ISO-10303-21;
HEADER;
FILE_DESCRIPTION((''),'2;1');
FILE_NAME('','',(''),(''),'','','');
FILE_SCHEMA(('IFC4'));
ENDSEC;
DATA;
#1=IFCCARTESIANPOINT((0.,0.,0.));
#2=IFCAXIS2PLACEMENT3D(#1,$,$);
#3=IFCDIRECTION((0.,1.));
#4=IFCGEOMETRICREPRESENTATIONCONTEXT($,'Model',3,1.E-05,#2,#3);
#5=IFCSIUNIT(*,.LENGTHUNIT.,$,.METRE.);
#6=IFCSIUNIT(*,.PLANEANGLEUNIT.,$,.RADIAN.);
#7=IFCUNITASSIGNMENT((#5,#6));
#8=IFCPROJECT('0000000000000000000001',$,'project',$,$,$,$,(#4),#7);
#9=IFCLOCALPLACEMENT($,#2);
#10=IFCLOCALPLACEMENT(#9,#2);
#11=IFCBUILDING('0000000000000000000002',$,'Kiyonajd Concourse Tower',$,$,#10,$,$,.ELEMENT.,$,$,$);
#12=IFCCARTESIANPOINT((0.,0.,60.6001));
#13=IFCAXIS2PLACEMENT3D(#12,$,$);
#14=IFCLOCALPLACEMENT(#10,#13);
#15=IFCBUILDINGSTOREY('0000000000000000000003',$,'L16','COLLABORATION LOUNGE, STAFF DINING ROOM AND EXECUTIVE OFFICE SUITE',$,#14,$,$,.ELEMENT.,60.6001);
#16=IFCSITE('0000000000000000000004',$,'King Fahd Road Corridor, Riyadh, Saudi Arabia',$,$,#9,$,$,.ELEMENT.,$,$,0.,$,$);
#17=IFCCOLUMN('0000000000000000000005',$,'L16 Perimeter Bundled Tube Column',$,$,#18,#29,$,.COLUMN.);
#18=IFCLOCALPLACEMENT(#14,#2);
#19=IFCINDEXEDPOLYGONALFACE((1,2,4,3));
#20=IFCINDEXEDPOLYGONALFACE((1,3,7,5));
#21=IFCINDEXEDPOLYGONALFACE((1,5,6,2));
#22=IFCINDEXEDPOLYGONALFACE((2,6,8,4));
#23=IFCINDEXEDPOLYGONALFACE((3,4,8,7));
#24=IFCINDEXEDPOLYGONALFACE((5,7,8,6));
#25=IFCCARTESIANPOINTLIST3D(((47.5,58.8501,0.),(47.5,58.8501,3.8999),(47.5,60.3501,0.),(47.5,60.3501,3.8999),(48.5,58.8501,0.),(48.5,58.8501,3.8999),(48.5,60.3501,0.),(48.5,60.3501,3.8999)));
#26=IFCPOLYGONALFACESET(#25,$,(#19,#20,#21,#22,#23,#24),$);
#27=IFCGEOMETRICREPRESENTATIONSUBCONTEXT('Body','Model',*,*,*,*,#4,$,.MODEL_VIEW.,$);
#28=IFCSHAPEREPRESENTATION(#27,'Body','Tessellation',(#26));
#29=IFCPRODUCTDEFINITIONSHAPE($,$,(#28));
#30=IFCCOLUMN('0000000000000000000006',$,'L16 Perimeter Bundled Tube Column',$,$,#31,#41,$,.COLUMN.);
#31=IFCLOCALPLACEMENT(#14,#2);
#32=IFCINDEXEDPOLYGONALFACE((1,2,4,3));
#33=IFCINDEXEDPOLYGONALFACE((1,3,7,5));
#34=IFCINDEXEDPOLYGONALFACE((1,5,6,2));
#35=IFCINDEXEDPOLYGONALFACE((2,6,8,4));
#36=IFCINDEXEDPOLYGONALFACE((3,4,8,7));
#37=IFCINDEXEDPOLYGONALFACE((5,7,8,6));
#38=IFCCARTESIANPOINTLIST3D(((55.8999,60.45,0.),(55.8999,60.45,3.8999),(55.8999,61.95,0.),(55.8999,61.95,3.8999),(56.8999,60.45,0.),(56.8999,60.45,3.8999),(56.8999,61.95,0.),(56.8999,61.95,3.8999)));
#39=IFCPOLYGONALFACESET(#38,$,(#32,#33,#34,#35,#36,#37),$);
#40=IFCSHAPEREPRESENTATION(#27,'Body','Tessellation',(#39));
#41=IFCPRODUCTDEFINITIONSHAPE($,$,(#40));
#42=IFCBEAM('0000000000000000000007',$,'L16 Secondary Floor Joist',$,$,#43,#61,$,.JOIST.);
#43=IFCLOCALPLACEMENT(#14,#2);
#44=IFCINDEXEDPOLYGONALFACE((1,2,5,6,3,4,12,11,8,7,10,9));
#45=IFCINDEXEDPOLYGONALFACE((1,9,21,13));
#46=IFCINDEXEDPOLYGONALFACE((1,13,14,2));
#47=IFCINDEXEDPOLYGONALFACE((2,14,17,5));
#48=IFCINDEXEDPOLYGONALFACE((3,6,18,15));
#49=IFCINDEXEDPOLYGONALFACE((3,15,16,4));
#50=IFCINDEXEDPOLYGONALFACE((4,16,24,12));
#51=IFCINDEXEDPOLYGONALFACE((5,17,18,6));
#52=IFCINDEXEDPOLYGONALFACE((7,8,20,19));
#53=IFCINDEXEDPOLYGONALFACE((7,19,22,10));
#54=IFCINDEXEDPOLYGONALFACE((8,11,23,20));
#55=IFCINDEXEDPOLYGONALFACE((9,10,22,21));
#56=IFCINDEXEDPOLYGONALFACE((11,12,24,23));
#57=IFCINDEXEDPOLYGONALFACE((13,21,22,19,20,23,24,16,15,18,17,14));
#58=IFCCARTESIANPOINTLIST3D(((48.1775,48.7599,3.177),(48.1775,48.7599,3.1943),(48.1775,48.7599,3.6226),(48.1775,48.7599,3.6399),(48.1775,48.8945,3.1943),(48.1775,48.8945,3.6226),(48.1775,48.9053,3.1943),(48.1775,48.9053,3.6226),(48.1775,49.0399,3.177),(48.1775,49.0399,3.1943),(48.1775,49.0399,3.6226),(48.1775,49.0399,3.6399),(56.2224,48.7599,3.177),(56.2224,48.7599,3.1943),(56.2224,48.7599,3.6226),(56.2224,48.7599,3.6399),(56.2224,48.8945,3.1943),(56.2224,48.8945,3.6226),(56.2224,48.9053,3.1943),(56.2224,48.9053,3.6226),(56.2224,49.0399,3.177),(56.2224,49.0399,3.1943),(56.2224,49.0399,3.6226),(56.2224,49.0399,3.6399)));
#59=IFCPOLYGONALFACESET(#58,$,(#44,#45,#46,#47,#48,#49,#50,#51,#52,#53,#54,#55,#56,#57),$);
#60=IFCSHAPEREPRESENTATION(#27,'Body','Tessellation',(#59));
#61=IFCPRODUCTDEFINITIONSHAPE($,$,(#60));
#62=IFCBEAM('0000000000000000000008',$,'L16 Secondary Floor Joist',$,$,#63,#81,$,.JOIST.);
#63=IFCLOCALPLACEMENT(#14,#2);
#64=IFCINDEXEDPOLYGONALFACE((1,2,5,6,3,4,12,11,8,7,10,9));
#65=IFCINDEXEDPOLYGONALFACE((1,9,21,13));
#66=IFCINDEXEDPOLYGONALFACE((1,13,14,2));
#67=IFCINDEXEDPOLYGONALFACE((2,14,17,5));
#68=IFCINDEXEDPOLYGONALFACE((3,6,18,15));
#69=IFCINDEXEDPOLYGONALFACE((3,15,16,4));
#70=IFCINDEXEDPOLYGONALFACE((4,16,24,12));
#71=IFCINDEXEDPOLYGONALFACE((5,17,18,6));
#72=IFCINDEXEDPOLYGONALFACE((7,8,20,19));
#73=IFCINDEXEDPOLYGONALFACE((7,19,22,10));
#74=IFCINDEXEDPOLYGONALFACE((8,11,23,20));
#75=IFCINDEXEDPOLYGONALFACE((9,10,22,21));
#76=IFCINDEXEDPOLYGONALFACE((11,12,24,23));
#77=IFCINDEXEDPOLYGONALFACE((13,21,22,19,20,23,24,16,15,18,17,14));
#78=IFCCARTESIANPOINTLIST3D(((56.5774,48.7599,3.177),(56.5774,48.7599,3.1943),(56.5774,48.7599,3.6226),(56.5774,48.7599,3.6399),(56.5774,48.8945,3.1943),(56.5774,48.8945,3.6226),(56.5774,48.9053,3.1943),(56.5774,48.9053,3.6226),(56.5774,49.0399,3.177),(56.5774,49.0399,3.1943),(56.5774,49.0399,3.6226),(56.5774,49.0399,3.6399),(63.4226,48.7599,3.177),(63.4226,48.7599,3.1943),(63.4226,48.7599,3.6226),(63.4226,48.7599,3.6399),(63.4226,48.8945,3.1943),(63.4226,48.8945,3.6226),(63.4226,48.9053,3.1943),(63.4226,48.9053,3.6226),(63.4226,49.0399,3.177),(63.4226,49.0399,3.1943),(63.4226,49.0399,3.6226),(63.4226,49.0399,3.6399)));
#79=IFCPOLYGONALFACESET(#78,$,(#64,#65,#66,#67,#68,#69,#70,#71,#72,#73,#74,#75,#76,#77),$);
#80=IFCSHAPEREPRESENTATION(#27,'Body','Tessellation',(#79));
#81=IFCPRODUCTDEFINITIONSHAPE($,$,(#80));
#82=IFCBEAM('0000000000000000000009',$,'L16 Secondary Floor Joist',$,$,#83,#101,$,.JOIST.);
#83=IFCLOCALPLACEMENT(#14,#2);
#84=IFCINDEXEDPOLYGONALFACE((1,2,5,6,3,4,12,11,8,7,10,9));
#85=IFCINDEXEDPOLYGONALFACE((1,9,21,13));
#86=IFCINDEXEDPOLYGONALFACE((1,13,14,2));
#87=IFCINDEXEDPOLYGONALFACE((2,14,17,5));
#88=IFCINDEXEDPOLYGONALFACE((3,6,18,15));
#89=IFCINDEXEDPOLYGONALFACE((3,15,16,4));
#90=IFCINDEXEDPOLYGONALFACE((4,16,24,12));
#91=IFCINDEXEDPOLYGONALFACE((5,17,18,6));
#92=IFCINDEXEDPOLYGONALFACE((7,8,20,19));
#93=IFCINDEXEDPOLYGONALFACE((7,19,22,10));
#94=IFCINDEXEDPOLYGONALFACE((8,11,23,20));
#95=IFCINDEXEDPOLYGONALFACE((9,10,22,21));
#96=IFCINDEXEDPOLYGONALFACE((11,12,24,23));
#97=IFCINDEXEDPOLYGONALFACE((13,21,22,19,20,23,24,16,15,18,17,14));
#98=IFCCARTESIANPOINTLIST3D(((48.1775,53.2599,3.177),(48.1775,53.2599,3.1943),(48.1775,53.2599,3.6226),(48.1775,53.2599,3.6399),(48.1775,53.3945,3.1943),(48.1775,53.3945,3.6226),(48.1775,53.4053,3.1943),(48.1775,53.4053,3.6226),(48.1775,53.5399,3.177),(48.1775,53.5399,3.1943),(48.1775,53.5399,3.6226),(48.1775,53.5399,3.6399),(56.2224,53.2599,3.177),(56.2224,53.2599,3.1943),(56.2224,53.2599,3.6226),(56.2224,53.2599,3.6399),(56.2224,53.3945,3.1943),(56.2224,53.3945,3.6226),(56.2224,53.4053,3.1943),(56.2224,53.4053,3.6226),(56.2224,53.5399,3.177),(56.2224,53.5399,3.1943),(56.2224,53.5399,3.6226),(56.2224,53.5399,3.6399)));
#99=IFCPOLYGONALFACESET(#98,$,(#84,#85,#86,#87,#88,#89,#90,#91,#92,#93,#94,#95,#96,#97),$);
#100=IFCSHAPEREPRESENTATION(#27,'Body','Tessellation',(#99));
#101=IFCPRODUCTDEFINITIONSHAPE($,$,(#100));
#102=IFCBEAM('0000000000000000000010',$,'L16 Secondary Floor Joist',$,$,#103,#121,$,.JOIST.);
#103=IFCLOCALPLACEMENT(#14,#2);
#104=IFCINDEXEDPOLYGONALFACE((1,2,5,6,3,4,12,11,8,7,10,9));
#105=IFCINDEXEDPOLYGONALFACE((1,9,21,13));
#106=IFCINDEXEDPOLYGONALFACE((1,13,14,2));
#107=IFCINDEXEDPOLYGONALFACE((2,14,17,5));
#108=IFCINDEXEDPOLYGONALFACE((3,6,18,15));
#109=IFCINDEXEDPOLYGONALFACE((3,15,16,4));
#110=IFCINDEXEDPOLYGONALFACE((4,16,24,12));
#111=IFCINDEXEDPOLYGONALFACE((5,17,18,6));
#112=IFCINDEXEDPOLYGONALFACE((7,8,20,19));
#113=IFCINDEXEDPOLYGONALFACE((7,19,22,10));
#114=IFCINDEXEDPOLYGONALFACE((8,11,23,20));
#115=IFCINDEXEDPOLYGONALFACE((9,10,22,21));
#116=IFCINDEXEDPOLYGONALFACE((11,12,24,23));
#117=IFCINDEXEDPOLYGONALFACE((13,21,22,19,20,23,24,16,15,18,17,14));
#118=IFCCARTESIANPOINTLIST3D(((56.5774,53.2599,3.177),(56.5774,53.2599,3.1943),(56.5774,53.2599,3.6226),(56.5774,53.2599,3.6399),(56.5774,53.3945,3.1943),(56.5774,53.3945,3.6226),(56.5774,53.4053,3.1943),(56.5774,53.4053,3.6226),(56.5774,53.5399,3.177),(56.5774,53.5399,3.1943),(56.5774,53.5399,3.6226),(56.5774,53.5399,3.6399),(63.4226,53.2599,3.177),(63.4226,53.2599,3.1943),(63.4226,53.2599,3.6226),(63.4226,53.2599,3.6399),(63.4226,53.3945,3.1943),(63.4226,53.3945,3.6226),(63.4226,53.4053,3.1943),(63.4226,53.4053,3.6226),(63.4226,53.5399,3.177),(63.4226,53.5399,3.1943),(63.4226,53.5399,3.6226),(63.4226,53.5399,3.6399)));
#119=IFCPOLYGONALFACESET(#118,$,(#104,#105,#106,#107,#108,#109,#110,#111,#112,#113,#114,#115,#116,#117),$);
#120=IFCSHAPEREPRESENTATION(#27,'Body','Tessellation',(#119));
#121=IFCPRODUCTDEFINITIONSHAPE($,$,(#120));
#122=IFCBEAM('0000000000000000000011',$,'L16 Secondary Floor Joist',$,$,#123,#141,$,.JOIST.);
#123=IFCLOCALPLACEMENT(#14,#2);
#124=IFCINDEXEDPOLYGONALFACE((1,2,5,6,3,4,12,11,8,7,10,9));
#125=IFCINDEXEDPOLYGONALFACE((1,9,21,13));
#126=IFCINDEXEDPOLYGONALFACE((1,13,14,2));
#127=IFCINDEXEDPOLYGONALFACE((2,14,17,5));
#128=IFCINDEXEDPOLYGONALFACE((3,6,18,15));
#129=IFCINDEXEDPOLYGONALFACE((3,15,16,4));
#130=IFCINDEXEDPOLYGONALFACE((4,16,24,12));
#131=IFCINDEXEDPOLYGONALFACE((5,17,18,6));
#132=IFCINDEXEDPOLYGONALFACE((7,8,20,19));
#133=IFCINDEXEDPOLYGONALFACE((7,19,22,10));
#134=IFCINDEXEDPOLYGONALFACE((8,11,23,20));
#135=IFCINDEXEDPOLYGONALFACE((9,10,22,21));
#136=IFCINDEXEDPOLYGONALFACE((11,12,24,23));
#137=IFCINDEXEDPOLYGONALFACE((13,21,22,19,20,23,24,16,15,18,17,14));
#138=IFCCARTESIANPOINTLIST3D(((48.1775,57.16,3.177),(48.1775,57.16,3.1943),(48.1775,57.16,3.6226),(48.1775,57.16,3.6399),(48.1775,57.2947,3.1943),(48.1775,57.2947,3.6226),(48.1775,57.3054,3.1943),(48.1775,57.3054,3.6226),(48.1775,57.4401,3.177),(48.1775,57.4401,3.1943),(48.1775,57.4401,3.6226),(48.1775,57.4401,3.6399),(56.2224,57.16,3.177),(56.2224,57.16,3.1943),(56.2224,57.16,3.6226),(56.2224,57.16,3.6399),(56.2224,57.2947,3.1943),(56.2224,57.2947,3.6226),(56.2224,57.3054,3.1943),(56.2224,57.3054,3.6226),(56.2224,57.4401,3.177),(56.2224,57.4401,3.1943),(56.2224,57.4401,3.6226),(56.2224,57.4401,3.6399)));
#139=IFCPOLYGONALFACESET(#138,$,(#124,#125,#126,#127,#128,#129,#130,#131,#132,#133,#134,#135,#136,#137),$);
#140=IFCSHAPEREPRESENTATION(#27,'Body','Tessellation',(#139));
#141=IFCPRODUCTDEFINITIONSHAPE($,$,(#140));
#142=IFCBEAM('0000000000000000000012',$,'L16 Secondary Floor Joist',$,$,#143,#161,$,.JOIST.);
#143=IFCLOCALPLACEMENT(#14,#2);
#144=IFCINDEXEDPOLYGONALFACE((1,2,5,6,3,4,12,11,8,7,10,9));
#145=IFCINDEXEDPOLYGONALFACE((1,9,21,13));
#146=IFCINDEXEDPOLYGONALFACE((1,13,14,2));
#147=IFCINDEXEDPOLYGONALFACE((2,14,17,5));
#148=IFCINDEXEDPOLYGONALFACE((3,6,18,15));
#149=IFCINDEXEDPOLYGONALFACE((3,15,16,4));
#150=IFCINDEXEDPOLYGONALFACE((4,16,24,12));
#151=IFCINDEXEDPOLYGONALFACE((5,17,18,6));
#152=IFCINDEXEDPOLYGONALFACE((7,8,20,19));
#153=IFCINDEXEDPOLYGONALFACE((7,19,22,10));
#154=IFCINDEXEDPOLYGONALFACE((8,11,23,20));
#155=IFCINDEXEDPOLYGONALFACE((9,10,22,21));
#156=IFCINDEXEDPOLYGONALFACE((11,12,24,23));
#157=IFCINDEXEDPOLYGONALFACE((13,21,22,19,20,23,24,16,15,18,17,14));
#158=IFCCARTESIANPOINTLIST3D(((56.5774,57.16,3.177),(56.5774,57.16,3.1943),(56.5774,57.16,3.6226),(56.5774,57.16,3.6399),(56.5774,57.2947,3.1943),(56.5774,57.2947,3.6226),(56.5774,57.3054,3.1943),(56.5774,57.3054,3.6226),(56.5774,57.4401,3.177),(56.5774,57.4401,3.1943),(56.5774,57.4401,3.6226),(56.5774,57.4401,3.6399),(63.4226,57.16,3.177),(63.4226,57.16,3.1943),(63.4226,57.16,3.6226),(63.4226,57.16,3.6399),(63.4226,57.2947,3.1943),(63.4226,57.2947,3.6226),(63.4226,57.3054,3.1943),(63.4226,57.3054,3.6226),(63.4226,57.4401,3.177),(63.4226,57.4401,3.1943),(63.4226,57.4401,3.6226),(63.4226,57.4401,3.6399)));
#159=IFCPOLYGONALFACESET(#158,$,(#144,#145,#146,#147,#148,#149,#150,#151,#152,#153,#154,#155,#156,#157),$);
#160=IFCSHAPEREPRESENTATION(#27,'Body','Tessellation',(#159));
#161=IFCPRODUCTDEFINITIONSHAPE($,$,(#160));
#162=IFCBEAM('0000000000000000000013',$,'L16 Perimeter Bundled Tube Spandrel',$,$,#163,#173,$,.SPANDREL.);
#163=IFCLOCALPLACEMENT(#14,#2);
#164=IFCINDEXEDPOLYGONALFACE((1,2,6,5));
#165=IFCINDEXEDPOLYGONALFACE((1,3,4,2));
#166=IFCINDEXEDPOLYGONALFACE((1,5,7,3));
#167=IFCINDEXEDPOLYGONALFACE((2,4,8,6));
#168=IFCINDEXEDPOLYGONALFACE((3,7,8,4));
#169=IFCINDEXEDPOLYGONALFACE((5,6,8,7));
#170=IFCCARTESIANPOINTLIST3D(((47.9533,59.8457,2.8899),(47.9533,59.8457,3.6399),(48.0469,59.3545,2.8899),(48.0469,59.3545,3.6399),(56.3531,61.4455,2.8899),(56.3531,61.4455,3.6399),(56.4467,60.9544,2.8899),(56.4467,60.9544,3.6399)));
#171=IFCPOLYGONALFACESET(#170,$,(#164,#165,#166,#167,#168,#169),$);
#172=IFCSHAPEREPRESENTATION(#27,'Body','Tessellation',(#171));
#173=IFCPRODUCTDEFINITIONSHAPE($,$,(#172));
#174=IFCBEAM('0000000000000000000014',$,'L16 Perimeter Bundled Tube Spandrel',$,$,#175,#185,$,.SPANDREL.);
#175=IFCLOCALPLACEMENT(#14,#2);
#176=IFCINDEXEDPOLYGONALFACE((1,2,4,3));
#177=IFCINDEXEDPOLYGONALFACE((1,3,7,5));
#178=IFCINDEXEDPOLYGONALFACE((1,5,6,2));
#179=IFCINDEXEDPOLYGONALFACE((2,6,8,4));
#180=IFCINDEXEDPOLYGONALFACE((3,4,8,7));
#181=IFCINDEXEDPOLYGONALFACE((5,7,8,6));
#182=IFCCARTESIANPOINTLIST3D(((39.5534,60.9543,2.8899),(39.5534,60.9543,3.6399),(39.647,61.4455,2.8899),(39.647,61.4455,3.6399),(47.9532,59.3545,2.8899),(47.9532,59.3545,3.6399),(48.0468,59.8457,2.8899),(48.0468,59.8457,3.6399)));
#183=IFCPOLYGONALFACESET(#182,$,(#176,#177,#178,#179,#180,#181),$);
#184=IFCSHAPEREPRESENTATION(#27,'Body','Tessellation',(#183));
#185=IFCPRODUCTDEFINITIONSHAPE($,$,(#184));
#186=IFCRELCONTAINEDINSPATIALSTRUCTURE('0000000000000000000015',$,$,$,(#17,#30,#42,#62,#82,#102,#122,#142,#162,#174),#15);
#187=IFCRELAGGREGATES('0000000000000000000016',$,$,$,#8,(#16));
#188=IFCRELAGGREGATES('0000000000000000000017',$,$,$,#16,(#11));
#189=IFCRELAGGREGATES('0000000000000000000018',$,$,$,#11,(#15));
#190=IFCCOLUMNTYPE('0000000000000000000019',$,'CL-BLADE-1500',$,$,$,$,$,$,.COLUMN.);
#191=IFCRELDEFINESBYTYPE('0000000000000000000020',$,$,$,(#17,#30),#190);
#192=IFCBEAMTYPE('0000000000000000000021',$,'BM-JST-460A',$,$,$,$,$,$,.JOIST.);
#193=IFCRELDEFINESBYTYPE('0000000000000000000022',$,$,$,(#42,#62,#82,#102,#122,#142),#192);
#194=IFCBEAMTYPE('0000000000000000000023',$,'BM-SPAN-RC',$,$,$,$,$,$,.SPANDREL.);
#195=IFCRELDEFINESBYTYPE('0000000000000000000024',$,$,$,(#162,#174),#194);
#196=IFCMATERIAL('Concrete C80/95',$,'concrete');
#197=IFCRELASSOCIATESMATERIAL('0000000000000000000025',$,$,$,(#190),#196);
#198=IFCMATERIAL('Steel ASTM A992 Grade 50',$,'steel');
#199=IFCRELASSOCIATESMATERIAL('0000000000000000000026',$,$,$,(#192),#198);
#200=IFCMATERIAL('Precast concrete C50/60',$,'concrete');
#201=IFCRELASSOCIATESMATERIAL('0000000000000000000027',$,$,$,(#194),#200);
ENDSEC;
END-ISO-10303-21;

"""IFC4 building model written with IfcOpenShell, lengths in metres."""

from ifc_helpers import new_model, si_unit, direction, frame, origin, origin_2d, place, context, subcontext, project, spatial, rectangle, i_section, extrude, material, material_profile, profile_set, type_object, element, save


model = new_model("IFC4")

# Units and contexts
model_context = context("Model", 3, precision=1e-05, world=origin(), true_north=direction((0.0, 1.0)))
body_context = subcontext(model_context, "Body", "Model", "MODEL_VIEW")
ifc_project = project(units=[si_unit("LENGTHUNIT", "METRE"), si_unit("PLANEANGLEUNIT", "RADIAN")], contexts=[model_context])

# Site, building, storey
site_placement = place(None, origin())
site = spatial("IfcSite", under=ifc_project, at=site_placement, Name="King Fahd Road Corridor, Riyadh, Saudi Arabia", CompositionType="ELEMENT", RefElevation=0.0)
building_placement = place(site_placement, origin())
building = spatial("IfcBuilding", under=site, at=building_placement, Name="Kiyonajd Concourse Tower", CompositionType="ELEMENT")
storey_placement = place(building_placement, frame((0.0, 0.0, 60.6001)))
storey = spatial("IfcBuildingStorey", under=building, at=storey_placement, Name="L16", Description="COLLABORATION LOUNGE, STAFF DINING ROOM AND EXECUTIVE OFFICE SUITE", CompositionType="ELEMENT", Elevation=60.6001)

# Columns
ifc_material_1 = material(Name="Concrete C80/95", Category="concrete")
ifc_material_profile_1 = material_profile(ifc_material_1, rectangle(XDim=1.0, YDim=1.5, at=origin_2d()), Name="RC-1500x1000")
ifc_profile_set_1 = profile_set([ifc_material_profile_1], Name="Concrete C80/95")
column_type = type_object("IfcColumnType", Name="CL-BLADE-1500", PredefinedType="COLUMN", material=ifc_profile_set_1)
for number, where, z_axis, x_axis, name in (
    (1, (48.0, 59.6001, 0.0), (0.0, 0.0, 1.0), (1.0, 0.0, 0.0), "L16 Perimeter Bundled Tube Column"),
    (2, (56.3999, 61.2, 0.0), (0.0, 0.0, 1.0), (1.0, 0.0, 0.0), "L16 Perimeter Bundled Tube Column"),
):
    element("IfcColumn", number, at=place(storey_placement, frame(where, z_axis=z_axis, x_axis=x_axis)), inside=storey, type_object=column_type, Name=name, PredefinedType="COLUMN", context=body_context, shape_type="SweptSolid", body=[
        extrude(rectangle(XDim=1.0, YDim=1.5, at=origin_2d()), origin(), (0.0, 0.0, 1.0), 3.8999),
    ])

# Beams
ifc_material_2 = material(Name="Steel ASTM A992 Grade 50", Category="steel")
ifc_material_profile_2 = material_profile(ifc_material_2, i_section(OverallWidth=0.28, OverallDepth=0.4629, WebThickness=0.0107, FlangeThickness=0.0173, at=origin_2d()), Name="W460X113")
ifc_profile_set_2 = profile_set([ifc_material_profile_2], Name="Steel ASTM A992 Grade 50")
beam_type_1 = type_object("IfcBeamType", Name="BM-JST-460A", PredefinedType="JOIST", material=ifc_profile_set_2)
beam_1_placement = place(storey_placement, frame((48.1775, 48.8999, 3.4084), z_axis=(1.0, 0.0, 0.0), x_axis=(0.0, 1.0, 0.0)))
element("IfcBeam", 3, at=beam_1_placement, inside=storey, type_object=beam_type_1, Name="L16 Secondary Floor Joist", PredefinedType="JOIST", context=body_context, shape_type="SweptSolid", body=[
    extrude(i_section(OverallWidth=0.28, OverallDepth=0.4629, WebThickness=0.0107, FlangeThickness=0.0173, at=origin_2d()), origin(), (0.0, 0.0, 1.0), 8.0449),
])
beam_2_placement = place(storey_placement, frame((56.5774, 48.8999, 3.4084), z_axis=(1.0, 0.0, 0.0), x_axis=(0.0, 1.0, 0.0)))
element("IfcBeam", 4, at=beam_2_placement, inside=storey, type_object=beam_type_1, Name="L16 Secondary Floor Joist", PredefinedType="JOIST", context=body_context, shape_type="SweptSolid", body=[
    extrude(i_section(OverallWidth=0.28, OverallDepth=0.4629, WebThickness=0.0107, FlangeThickness=0.0173, at=origin_2d()), origin(), (0.0, 0.0, 1.0), 6.8452),
])
beam_3_placement = place(storey_placement, frame((48.1775, 53.3999, 3.4084), z_axis=(1.0, 0.0, 0.0), x_axis=(0.0, 1.0, 0.0)))
element("IfcBeam", 5, at=beam_3_placement, inside=storey, type_object=beam_type_1, Name="L16 Secondary Floor Joist", PredefinedType="JOIST", context=body_context, shape_type="SweptSolid", body=[
    extrude(i_section(OverallWidth=0.28, OverallDepth=0.4629, WebThickness=0.0107, FlangeThickness=0.0173, at=origin_2d()), origin(), (0.0, 0.0, 1.0), 8.0449),
])
beam_4_placement = place(storey_placement, frame((56.5774, 53.3999, 3.4084), z_axis=(1.0, 0.0, 0.0), x_axis=(0.0, 1.0, 0.0)))
element("IfcBeam", 6, at=beam_4_placement, inside=storey, type_object=beam_type_1, Name="L16 Secondary Floor Joist", PredefinedType="JOIST", context=body_context, shape_type="SweptSolid", body=[
    extrude(i_section(OverallWidth=0.28, OverallDepth=0.4629, WebThickness=0.0107, FlangeThickness=0.0173, at=origin_2d()), origin(), (0.0, 0.0, 1.0), 6.8452),
])
beam_5_placement = place(storey_placement, frame((48.1775, 57.3, 3.4084), z_axis=(1.0, 0.0, 0.0), x_axis=(0.0, 1.0, 0.0)))
element("IfcBeam", 7, at=beam_5_placement, inside=storey, type_object=beam_type_1, Name="L16 Secondary Floor Joist", PredefinedType="JOIST", context=body_context, shape_type="SweptSolid", body=[
    extrude(i_section(OverallWidth=0.28, OverallDepth=0.4629, WebThickness=0.0107, FlangeThickness=0.0173, at=origin_2d()), origin(), (0.0, 0.0, 1.0), 8.0449),
])
beam_6_placement = place(storey_placement, frame((56.5774, 57.3, 3.4084), z_axis=(1.0, 0.0, 0.0), x_axis=(0.0, 1.0, 0.0)))
element("IfcBeam", 8, at=beam_6_placement, inside=storey, type_object=beam_type_1, Name="L16 Secondary Floor Joist", PredefinedType="JOIST", context=body_context, shape_type="SweptSolid", body=[
    extrude(i_section(OverallWidth=0.28, OverallDepth=0.4629, WebThickness=0.0107, FlangeThickness=0.0173, at=origin_2d()), origin(), (0.0, 0.0, 1.0), 6.8452),
])
ifc_material_3 = material(Name="Precast concrete C50/60", Category="concrete")
ifc_material_profile_3 = material_profile(ifc_material_3, rectangle(XDim=0.5, YDim=0.75, at=origin_2d()), Name="RCBM-500x750")
ifc_profile_set_3 = profile_set([ifc_material_profile_3], Name="Precast concrete C50/60")
beam_type_2 = type_object("IfcBeamType", Name="BM-SPAN-RC", PredefinedType="SPANDREL", material=ifc_profile_set_3)
for number, where, z_axis, x_axis, name in (
    (9, (56.3999, 61.2, 3.2649), (-0.982341, -0.187098, 0.0), (0.187098, -0.982341, 0.0), "L16 Perimeter Bundled Tube Spandrel"),
    (10, (48.0, 59.6001, 3.2649), (-0.982341, 0.187098, 0.0), (-0.187098, -0.982341, 0.0), "L16 Perimeter Bundled Tube Spandrel"),
):
    element("IfcBeam", number, at=place(storey_placement, frame(where, z_axis=z_axis, x_axis=x_axis)), inside=storey, type_object=beam_type_2, Name=name, PredefinedType="SPANDREL", context=body_context, shape_type="SweptSolid", body=[
        extrude(rectangle(XDim=0.5, YDim=0.75, at=origin_2d()), origin(), (0.0, 0.0, 1.0), 8.5508),
    ])

save(model, "model.ifc")
